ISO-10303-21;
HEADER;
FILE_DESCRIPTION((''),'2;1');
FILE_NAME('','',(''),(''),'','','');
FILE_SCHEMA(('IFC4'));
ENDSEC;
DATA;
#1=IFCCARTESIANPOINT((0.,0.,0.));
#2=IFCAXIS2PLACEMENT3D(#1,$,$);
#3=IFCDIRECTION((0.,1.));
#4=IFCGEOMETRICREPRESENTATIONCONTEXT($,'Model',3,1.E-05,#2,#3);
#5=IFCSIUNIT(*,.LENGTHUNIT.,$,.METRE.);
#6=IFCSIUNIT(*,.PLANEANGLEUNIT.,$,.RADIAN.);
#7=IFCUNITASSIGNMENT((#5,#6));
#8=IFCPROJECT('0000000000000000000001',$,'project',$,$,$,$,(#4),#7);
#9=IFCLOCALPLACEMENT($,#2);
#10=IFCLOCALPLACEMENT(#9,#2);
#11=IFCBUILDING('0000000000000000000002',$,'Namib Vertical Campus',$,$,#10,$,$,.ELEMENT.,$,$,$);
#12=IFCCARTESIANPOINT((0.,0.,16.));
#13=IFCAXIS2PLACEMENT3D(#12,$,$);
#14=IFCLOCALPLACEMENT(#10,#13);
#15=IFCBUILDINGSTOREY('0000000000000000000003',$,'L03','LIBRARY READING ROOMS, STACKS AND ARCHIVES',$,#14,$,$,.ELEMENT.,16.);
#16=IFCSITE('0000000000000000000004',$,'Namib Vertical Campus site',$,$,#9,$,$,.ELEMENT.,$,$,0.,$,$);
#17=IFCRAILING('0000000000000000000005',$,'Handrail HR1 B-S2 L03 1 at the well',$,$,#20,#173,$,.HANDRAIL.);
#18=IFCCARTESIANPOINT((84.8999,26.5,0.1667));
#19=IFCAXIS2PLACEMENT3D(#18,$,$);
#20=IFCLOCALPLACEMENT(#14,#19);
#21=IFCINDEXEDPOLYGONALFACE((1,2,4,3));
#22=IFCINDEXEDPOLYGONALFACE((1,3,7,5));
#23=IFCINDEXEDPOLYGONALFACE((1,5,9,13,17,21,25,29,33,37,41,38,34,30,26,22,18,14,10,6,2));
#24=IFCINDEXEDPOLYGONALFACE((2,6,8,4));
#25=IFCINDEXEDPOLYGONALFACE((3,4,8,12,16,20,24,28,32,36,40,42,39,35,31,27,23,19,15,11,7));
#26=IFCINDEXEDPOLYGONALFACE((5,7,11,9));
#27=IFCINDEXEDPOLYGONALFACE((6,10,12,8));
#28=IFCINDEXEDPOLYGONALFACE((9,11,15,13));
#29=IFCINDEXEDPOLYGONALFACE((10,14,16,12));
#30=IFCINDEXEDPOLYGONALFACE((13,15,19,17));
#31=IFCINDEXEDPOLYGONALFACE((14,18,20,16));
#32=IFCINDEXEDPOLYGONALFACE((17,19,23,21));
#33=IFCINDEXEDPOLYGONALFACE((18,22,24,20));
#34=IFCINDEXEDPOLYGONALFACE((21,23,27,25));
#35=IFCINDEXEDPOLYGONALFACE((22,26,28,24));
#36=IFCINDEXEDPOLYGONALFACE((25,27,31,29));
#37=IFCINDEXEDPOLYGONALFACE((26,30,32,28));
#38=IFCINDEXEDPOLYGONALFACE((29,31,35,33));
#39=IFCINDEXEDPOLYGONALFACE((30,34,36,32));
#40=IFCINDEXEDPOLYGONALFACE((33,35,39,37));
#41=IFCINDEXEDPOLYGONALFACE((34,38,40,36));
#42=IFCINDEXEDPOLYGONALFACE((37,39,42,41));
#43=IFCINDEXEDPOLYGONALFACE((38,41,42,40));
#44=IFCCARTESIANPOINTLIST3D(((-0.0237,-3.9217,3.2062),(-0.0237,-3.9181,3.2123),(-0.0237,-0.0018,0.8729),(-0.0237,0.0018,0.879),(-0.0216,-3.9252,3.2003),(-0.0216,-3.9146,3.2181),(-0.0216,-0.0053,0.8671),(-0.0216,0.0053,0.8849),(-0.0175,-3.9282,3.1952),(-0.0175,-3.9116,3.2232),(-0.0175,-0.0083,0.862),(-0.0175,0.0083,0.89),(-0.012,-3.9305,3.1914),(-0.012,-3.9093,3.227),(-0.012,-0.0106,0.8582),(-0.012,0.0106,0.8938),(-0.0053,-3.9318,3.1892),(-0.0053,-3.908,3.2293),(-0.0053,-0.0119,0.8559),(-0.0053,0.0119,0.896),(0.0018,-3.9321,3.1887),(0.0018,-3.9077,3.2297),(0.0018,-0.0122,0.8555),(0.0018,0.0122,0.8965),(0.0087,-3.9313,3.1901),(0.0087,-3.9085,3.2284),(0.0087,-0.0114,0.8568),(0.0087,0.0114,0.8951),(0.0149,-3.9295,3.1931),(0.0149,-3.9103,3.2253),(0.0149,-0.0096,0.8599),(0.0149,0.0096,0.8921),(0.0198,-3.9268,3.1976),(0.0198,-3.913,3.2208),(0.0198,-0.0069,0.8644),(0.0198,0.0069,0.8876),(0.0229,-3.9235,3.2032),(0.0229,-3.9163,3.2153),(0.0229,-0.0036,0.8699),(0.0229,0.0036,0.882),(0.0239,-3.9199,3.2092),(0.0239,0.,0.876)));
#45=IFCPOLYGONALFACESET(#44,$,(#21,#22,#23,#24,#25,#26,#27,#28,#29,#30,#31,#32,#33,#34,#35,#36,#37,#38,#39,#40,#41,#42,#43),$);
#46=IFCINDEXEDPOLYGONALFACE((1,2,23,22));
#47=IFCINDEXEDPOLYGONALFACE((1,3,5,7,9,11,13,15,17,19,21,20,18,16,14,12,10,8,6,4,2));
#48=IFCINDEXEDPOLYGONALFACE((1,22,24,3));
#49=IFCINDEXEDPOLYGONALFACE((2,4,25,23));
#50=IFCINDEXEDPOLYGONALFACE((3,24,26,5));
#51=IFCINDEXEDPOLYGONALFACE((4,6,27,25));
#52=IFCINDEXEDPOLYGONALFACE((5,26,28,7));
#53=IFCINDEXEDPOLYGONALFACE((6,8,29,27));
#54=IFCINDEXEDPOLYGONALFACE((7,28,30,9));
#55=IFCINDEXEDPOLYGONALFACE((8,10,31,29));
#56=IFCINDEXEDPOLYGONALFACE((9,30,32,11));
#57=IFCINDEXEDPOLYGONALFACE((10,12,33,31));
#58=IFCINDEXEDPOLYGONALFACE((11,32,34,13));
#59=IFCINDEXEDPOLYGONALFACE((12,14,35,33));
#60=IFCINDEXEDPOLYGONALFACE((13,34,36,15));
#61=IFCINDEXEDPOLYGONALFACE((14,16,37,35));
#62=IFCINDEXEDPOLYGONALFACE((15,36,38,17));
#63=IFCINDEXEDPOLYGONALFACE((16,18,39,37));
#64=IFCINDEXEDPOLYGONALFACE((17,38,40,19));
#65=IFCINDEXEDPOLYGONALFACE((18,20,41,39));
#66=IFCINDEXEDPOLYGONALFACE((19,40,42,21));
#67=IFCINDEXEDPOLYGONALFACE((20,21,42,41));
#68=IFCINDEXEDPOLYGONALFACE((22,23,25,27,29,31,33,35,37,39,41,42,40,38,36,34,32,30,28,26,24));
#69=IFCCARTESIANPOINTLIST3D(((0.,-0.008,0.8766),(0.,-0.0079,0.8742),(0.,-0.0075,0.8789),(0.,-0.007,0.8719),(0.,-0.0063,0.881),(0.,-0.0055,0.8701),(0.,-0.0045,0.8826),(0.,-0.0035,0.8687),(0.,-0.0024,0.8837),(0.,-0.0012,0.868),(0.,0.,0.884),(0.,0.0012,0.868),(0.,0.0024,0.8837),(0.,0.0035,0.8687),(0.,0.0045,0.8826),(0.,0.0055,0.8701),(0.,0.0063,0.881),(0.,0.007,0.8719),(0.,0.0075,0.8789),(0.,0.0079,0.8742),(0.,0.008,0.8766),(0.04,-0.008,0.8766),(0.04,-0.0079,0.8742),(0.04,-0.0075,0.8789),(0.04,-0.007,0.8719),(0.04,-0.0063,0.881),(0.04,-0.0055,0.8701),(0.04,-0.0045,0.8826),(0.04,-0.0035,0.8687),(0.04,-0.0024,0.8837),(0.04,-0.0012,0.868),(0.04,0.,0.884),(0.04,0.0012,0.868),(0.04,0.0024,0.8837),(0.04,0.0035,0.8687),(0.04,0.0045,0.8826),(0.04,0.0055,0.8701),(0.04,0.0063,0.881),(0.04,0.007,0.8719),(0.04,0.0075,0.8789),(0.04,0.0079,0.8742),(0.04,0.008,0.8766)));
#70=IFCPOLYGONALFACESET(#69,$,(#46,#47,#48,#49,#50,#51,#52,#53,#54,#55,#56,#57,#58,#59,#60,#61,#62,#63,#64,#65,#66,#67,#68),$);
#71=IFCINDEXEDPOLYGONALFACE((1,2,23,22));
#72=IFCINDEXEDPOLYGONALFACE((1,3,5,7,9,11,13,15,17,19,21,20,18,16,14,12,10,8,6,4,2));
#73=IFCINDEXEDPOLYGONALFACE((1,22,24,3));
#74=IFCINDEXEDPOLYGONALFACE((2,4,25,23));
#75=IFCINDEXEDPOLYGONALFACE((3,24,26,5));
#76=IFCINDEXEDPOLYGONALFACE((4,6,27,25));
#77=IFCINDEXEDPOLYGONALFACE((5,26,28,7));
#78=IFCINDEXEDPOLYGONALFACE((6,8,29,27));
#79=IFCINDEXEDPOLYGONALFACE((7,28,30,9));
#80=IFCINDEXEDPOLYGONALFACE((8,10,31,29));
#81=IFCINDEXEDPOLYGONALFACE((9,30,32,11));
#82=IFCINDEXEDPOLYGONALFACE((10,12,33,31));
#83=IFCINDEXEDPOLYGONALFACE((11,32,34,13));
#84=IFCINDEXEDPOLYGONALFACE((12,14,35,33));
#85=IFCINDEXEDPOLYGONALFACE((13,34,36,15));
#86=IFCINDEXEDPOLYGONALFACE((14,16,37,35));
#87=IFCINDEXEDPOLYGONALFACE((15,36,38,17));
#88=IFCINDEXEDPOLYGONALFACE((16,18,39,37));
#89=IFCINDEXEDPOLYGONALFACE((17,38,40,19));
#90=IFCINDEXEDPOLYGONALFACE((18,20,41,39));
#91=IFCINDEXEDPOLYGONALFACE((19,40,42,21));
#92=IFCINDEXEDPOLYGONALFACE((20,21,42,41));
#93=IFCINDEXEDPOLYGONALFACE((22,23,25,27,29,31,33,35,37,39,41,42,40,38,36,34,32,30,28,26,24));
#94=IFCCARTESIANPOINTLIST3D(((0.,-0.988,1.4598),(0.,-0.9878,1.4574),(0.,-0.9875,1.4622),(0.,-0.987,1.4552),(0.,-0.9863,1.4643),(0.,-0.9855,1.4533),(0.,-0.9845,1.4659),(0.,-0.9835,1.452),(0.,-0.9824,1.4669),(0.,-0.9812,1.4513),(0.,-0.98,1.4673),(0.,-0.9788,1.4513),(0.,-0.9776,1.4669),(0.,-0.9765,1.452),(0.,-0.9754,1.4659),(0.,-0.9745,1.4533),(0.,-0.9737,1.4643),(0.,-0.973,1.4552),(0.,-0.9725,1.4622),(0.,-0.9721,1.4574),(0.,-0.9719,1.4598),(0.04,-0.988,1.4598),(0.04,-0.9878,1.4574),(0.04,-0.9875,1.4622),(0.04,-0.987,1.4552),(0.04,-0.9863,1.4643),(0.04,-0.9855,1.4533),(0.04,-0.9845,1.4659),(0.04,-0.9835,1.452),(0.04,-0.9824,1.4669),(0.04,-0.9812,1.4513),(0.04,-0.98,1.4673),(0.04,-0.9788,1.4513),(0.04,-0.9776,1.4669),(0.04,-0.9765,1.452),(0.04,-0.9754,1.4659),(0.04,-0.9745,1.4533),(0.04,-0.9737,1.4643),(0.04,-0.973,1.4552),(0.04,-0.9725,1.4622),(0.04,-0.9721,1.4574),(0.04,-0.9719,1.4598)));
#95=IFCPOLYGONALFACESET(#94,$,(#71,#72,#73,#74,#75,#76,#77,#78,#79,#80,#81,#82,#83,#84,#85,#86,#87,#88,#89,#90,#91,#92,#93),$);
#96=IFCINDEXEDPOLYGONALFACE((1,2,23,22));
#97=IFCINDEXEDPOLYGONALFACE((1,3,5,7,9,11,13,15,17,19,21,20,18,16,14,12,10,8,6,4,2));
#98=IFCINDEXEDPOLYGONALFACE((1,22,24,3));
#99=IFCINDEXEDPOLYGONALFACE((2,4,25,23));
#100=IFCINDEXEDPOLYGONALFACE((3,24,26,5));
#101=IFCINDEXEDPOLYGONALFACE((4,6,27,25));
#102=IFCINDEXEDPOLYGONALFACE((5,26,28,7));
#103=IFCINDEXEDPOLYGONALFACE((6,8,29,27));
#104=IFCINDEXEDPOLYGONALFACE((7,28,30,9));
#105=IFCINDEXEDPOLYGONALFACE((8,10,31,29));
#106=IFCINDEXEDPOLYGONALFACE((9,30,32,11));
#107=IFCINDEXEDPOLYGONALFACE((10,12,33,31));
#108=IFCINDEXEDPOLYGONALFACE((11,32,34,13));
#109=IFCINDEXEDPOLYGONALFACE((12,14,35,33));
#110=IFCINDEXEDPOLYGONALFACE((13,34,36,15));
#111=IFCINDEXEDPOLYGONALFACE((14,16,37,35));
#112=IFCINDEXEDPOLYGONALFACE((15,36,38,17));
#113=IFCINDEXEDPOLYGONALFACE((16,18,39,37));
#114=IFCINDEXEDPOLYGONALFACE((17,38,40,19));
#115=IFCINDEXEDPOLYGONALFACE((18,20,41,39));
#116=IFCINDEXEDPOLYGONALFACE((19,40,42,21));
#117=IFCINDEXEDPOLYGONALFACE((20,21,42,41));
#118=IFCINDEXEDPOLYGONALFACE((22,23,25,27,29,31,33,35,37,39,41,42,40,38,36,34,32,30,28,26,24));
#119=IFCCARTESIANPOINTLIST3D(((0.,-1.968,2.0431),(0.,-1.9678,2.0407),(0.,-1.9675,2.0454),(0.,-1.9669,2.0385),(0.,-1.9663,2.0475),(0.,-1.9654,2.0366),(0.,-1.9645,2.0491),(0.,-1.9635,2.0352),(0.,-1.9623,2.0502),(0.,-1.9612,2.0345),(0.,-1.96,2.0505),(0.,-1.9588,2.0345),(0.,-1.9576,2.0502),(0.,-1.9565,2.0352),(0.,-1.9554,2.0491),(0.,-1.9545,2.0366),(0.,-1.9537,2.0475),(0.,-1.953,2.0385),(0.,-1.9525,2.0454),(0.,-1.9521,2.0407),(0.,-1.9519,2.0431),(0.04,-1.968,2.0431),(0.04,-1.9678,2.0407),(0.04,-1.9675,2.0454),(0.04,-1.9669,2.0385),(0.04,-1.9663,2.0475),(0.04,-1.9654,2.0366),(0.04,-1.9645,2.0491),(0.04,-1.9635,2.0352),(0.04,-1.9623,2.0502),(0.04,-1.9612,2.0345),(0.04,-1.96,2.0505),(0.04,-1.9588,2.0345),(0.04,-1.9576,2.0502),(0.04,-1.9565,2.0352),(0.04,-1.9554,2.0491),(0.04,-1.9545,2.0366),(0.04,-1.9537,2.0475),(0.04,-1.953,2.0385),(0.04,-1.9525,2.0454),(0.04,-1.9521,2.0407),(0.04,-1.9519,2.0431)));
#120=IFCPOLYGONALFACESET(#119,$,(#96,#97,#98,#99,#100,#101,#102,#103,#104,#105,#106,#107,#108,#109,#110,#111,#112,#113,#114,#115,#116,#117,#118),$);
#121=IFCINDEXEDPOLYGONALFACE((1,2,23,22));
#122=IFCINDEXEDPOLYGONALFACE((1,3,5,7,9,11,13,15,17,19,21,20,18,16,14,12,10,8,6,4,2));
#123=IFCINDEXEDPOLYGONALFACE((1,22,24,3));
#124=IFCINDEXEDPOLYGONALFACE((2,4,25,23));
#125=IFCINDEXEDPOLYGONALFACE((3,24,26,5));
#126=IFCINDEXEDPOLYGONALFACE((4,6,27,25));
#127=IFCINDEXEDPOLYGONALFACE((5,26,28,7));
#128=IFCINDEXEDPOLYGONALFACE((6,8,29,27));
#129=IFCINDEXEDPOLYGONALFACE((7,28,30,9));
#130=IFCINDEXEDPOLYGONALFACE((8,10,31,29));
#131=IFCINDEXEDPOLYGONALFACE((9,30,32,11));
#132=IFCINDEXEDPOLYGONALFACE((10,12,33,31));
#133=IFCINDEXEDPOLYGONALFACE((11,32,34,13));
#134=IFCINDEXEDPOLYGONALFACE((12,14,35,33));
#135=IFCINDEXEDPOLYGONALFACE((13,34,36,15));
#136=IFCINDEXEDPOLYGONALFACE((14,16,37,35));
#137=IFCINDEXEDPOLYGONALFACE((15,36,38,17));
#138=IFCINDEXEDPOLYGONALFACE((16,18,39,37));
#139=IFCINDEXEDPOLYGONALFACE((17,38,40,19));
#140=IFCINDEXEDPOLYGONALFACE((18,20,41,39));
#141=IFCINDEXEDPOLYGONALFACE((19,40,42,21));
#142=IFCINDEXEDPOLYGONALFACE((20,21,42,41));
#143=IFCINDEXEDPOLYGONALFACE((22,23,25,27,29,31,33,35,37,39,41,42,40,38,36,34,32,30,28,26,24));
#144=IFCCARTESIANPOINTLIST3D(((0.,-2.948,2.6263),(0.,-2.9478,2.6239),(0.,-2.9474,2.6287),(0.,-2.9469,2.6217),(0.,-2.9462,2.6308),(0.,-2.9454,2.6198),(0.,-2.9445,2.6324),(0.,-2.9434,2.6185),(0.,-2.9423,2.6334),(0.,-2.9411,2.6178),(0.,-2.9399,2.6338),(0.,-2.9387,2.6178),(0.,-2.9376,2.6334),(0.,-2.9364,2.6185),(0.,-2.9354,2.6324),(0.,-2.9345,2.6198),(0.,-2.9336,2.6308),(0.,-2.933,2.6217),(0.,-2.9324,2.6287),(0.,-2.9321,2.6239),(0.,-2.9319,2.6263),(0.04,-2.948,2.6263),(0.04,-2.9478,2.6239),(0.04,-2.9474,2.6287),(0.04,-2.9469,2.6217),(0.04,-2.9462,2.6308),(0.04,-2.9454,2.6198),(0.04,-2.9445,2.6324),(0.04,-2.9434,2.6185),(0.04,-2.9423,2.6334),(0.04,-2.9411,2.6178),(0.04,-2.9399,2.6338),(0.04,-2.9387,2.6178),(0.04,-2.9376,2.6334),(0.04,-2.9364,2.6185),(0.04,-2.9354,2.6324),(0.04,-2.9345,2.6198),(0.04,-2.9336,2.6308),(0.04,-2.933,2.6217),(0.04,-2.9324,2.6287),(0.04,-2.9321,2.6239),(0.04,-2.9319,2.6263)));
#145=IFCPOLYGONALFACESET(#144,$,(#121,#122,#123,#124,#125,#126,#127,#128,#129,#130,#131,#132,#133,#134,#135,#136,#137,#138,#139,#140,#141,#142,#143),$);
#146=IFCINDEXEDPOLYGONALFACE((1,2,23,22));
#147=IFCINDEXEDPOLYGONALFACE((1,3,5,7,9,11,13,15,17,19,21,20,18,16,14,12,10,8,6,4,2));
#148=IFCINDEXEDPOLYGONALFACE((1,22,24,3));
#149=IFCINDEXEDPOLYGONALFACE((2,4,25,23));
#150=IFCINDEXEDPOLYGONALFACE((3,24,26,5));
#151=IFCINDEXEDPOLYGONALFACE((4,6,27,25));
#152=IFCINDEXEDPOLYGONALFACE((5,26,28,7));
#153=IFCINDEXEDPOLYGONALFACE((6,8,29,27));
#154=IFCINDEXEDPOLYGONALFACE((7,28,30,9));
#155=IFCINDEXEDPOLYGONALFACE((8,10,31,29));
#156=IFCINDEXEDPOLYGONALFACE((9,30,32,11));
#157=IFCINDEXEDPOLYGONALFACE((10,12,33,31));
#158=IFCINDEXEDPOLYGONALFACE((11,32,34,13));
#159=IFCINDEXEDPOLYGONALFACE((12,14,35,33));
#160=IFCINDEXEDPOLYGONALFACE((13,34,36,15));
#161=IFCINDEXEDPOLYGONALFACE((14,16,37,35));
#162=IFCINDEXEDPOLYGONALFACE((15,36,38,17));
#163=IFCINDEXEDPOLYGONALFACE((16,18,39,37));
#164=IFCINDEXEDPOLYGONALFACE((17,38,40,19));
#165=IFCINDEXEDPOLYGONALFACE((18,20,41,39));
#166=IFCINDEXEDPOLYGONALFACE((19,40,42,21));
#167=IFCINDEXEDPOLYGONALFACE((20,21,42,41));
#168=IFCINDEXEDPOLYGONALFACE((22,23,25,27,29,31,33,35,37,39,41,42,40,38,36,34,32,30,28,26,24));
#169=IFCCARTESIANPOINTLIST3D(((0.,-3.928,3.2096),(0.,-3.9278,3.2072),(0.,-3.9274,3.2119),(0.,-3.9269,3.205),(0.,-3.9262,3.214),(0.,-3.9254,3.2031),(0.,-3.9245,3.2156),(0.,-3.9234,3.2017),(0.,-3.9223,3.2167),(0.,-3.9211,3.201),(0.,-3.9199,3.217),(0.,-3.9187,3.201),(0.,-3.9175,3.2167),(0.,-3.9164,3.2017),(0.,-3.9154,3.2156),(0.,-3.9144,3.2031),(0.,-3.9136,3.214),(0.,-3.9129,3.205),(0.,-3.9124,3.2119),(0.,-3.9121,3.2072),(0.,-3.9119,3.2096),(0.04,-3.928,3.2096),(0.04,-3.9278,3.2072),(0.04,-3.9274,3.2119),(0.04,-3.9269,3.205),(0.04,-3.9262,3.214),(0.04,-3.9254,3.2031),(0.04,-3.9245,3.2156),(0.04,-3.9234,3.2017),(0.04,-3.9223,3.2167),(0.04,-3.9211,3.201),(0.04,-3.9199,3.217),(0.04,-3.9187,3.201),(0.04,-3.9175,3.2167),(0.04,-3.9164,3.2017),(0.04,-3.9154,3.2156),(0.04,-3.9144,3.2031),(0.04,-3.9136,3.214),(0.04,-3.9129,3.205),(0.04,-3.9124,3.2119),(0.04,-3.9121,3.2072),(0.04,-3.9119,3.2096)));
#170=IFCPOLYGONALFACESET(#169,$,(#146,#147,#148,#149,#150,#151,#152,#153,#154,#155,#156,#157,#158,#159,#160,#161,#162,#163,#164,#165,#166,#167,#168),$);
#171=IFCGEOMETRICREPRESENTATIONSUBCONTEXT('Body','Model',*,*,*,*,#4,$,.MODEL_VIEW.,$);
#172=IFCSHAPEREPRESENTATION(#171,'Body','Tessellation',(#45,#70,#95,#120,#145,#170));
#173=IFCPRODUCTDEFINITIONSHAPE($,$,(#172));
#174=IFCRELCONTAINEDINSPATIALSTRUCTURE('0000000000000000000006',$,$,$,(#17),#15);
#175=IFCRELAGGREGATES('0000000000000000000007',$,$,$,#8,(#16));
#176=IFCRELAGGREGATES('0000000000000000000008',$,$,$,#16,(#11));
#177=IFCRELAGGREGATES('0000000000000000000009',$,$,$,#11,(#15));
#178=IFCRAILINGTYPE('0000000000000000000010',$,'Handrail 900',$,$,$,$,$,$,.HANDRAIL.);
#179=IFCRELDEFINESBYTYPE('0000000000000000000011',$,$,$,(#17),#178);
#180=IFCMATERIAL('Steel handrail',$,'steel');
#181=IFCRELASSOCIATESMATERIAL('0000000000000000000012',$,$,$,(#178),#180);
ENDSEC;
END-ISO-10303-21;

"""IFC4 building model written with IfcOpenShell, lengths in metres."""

from ifc_helpers import new_model, si_unit, direction, frame, origin, origin_2d, place, context, subcontext, project, spatial, circle, extrude, material, type_object, element, save


model = new_model("IFC4")

# Units and contexts
model_context = context("Model", 3, precision=1e-05, world=origin(), true_north=direction((0.0, 1.0)))
body_context = subcontext(model_context, "Body", "Model", "MODEL_VIEW")
ifc_project = project(units=[si_unit("LENGTHUNIT", "METRE"), si_unit("PLANEANGLEUNIT", "RADIAN")], contexts=[model_context])

# Site, building, storey
site_placement = place(None, origin())
site = spatial("IfcSite", under=ifc_project, at=site_placement, Name="Namib Vertical Campus site", CompositionType="ELEMENT", RefElevation=0.0)
building_placement = place(site_placement, origin())
building = spatial("IfcBuilding", under=site, at=building_placement, Name="Namib Vertical Campus", CompositionType="ELEMENT")
storey_placement = place(building_placement, frame((0.0, 0.0, 16.0)))
storey = spatial("IfcBuildingStorey", under=building, at=storey_placement, Name="L03", Description="LIBRARY READING ROOMS, STACKS AND ARCHIVES", CompositionType="ELEMENT", Elevation=16.0)

# Railing
ifc_material_1 = material(Name="Steel handrail", Category="steel")
railing_type_1 = type_object("IfcRailingType", Name="Handrail 900", PredefinedType="HANDRAIL", material=ifc_material_1)
railing_1_placement = place(storey_placement, frame((84.8999, 26.5, 0.1667)))
element("IfcRailing", 1, at=railing_1_placement, inside=storey, type_object=railing_type_1, Name="Handrail HR1 B-S2 L03 1 at the well", PredefinedType="HANDRAIL", context=body_context, shape_type="SweptSolid", body=[
    extrude(circle(Radius=0.0239, at=origin_2d()), frame((0.0, 0.0, 0.876), z_axis=(0.0, -0.859296, 0.511478), x_axis=(1.0, 0.0, 0.0)), (0.0, 0.0, 1.0), 4.5618),
    extrude(circle(Radius=0.0081, at=origin_2d()), frame((0.0, 0.0, 0.876), z_axis=(1.0, 0.0, 0.0), x_axis=(0.0, 0.0, 1.0)), (0.0, 0.0, 1.0), 0.04),
    extrude(circle(Radius=0.0081, at=origin_2d()), frame((0.0, -0.98, 1.4592), z_axis=(1.0, 0.0, 0.0), x_axis=(0.0, 0.0, 1.0)), (0.0, 0.0, 1.0), 0.04),
    extrude(circle(Radius=0.0081, at=origin_2d()), frame((0.0, -1.96, 2.0425), z_axis=(1.0, 0.0, 0.0), x_axis=(0.0, 0.0, 1.0)), (0.0, 0.0, 1.0), 0.04),
    extrude(circle(Radius=0.0081, at=origin_2d()), frame((0.0, -2.9399, 2.6257), z_axis=(1.0, 0.0, 0.0), x_axis=(0.0, 0.0, 1.0)), (0.0, 0.0, 1.0), 0.04),
    extrude(circle(Radius=0.0081, at=origin_2d()), frame((0.0, -3.9199, 3.209), z_axis=(1.0, 0.0, 0.0), x_axis=(0.0, 0.0, 1.0)), (0.0, 0.0, 1.0), 0.04),
])

save(model, "model.ifc")
